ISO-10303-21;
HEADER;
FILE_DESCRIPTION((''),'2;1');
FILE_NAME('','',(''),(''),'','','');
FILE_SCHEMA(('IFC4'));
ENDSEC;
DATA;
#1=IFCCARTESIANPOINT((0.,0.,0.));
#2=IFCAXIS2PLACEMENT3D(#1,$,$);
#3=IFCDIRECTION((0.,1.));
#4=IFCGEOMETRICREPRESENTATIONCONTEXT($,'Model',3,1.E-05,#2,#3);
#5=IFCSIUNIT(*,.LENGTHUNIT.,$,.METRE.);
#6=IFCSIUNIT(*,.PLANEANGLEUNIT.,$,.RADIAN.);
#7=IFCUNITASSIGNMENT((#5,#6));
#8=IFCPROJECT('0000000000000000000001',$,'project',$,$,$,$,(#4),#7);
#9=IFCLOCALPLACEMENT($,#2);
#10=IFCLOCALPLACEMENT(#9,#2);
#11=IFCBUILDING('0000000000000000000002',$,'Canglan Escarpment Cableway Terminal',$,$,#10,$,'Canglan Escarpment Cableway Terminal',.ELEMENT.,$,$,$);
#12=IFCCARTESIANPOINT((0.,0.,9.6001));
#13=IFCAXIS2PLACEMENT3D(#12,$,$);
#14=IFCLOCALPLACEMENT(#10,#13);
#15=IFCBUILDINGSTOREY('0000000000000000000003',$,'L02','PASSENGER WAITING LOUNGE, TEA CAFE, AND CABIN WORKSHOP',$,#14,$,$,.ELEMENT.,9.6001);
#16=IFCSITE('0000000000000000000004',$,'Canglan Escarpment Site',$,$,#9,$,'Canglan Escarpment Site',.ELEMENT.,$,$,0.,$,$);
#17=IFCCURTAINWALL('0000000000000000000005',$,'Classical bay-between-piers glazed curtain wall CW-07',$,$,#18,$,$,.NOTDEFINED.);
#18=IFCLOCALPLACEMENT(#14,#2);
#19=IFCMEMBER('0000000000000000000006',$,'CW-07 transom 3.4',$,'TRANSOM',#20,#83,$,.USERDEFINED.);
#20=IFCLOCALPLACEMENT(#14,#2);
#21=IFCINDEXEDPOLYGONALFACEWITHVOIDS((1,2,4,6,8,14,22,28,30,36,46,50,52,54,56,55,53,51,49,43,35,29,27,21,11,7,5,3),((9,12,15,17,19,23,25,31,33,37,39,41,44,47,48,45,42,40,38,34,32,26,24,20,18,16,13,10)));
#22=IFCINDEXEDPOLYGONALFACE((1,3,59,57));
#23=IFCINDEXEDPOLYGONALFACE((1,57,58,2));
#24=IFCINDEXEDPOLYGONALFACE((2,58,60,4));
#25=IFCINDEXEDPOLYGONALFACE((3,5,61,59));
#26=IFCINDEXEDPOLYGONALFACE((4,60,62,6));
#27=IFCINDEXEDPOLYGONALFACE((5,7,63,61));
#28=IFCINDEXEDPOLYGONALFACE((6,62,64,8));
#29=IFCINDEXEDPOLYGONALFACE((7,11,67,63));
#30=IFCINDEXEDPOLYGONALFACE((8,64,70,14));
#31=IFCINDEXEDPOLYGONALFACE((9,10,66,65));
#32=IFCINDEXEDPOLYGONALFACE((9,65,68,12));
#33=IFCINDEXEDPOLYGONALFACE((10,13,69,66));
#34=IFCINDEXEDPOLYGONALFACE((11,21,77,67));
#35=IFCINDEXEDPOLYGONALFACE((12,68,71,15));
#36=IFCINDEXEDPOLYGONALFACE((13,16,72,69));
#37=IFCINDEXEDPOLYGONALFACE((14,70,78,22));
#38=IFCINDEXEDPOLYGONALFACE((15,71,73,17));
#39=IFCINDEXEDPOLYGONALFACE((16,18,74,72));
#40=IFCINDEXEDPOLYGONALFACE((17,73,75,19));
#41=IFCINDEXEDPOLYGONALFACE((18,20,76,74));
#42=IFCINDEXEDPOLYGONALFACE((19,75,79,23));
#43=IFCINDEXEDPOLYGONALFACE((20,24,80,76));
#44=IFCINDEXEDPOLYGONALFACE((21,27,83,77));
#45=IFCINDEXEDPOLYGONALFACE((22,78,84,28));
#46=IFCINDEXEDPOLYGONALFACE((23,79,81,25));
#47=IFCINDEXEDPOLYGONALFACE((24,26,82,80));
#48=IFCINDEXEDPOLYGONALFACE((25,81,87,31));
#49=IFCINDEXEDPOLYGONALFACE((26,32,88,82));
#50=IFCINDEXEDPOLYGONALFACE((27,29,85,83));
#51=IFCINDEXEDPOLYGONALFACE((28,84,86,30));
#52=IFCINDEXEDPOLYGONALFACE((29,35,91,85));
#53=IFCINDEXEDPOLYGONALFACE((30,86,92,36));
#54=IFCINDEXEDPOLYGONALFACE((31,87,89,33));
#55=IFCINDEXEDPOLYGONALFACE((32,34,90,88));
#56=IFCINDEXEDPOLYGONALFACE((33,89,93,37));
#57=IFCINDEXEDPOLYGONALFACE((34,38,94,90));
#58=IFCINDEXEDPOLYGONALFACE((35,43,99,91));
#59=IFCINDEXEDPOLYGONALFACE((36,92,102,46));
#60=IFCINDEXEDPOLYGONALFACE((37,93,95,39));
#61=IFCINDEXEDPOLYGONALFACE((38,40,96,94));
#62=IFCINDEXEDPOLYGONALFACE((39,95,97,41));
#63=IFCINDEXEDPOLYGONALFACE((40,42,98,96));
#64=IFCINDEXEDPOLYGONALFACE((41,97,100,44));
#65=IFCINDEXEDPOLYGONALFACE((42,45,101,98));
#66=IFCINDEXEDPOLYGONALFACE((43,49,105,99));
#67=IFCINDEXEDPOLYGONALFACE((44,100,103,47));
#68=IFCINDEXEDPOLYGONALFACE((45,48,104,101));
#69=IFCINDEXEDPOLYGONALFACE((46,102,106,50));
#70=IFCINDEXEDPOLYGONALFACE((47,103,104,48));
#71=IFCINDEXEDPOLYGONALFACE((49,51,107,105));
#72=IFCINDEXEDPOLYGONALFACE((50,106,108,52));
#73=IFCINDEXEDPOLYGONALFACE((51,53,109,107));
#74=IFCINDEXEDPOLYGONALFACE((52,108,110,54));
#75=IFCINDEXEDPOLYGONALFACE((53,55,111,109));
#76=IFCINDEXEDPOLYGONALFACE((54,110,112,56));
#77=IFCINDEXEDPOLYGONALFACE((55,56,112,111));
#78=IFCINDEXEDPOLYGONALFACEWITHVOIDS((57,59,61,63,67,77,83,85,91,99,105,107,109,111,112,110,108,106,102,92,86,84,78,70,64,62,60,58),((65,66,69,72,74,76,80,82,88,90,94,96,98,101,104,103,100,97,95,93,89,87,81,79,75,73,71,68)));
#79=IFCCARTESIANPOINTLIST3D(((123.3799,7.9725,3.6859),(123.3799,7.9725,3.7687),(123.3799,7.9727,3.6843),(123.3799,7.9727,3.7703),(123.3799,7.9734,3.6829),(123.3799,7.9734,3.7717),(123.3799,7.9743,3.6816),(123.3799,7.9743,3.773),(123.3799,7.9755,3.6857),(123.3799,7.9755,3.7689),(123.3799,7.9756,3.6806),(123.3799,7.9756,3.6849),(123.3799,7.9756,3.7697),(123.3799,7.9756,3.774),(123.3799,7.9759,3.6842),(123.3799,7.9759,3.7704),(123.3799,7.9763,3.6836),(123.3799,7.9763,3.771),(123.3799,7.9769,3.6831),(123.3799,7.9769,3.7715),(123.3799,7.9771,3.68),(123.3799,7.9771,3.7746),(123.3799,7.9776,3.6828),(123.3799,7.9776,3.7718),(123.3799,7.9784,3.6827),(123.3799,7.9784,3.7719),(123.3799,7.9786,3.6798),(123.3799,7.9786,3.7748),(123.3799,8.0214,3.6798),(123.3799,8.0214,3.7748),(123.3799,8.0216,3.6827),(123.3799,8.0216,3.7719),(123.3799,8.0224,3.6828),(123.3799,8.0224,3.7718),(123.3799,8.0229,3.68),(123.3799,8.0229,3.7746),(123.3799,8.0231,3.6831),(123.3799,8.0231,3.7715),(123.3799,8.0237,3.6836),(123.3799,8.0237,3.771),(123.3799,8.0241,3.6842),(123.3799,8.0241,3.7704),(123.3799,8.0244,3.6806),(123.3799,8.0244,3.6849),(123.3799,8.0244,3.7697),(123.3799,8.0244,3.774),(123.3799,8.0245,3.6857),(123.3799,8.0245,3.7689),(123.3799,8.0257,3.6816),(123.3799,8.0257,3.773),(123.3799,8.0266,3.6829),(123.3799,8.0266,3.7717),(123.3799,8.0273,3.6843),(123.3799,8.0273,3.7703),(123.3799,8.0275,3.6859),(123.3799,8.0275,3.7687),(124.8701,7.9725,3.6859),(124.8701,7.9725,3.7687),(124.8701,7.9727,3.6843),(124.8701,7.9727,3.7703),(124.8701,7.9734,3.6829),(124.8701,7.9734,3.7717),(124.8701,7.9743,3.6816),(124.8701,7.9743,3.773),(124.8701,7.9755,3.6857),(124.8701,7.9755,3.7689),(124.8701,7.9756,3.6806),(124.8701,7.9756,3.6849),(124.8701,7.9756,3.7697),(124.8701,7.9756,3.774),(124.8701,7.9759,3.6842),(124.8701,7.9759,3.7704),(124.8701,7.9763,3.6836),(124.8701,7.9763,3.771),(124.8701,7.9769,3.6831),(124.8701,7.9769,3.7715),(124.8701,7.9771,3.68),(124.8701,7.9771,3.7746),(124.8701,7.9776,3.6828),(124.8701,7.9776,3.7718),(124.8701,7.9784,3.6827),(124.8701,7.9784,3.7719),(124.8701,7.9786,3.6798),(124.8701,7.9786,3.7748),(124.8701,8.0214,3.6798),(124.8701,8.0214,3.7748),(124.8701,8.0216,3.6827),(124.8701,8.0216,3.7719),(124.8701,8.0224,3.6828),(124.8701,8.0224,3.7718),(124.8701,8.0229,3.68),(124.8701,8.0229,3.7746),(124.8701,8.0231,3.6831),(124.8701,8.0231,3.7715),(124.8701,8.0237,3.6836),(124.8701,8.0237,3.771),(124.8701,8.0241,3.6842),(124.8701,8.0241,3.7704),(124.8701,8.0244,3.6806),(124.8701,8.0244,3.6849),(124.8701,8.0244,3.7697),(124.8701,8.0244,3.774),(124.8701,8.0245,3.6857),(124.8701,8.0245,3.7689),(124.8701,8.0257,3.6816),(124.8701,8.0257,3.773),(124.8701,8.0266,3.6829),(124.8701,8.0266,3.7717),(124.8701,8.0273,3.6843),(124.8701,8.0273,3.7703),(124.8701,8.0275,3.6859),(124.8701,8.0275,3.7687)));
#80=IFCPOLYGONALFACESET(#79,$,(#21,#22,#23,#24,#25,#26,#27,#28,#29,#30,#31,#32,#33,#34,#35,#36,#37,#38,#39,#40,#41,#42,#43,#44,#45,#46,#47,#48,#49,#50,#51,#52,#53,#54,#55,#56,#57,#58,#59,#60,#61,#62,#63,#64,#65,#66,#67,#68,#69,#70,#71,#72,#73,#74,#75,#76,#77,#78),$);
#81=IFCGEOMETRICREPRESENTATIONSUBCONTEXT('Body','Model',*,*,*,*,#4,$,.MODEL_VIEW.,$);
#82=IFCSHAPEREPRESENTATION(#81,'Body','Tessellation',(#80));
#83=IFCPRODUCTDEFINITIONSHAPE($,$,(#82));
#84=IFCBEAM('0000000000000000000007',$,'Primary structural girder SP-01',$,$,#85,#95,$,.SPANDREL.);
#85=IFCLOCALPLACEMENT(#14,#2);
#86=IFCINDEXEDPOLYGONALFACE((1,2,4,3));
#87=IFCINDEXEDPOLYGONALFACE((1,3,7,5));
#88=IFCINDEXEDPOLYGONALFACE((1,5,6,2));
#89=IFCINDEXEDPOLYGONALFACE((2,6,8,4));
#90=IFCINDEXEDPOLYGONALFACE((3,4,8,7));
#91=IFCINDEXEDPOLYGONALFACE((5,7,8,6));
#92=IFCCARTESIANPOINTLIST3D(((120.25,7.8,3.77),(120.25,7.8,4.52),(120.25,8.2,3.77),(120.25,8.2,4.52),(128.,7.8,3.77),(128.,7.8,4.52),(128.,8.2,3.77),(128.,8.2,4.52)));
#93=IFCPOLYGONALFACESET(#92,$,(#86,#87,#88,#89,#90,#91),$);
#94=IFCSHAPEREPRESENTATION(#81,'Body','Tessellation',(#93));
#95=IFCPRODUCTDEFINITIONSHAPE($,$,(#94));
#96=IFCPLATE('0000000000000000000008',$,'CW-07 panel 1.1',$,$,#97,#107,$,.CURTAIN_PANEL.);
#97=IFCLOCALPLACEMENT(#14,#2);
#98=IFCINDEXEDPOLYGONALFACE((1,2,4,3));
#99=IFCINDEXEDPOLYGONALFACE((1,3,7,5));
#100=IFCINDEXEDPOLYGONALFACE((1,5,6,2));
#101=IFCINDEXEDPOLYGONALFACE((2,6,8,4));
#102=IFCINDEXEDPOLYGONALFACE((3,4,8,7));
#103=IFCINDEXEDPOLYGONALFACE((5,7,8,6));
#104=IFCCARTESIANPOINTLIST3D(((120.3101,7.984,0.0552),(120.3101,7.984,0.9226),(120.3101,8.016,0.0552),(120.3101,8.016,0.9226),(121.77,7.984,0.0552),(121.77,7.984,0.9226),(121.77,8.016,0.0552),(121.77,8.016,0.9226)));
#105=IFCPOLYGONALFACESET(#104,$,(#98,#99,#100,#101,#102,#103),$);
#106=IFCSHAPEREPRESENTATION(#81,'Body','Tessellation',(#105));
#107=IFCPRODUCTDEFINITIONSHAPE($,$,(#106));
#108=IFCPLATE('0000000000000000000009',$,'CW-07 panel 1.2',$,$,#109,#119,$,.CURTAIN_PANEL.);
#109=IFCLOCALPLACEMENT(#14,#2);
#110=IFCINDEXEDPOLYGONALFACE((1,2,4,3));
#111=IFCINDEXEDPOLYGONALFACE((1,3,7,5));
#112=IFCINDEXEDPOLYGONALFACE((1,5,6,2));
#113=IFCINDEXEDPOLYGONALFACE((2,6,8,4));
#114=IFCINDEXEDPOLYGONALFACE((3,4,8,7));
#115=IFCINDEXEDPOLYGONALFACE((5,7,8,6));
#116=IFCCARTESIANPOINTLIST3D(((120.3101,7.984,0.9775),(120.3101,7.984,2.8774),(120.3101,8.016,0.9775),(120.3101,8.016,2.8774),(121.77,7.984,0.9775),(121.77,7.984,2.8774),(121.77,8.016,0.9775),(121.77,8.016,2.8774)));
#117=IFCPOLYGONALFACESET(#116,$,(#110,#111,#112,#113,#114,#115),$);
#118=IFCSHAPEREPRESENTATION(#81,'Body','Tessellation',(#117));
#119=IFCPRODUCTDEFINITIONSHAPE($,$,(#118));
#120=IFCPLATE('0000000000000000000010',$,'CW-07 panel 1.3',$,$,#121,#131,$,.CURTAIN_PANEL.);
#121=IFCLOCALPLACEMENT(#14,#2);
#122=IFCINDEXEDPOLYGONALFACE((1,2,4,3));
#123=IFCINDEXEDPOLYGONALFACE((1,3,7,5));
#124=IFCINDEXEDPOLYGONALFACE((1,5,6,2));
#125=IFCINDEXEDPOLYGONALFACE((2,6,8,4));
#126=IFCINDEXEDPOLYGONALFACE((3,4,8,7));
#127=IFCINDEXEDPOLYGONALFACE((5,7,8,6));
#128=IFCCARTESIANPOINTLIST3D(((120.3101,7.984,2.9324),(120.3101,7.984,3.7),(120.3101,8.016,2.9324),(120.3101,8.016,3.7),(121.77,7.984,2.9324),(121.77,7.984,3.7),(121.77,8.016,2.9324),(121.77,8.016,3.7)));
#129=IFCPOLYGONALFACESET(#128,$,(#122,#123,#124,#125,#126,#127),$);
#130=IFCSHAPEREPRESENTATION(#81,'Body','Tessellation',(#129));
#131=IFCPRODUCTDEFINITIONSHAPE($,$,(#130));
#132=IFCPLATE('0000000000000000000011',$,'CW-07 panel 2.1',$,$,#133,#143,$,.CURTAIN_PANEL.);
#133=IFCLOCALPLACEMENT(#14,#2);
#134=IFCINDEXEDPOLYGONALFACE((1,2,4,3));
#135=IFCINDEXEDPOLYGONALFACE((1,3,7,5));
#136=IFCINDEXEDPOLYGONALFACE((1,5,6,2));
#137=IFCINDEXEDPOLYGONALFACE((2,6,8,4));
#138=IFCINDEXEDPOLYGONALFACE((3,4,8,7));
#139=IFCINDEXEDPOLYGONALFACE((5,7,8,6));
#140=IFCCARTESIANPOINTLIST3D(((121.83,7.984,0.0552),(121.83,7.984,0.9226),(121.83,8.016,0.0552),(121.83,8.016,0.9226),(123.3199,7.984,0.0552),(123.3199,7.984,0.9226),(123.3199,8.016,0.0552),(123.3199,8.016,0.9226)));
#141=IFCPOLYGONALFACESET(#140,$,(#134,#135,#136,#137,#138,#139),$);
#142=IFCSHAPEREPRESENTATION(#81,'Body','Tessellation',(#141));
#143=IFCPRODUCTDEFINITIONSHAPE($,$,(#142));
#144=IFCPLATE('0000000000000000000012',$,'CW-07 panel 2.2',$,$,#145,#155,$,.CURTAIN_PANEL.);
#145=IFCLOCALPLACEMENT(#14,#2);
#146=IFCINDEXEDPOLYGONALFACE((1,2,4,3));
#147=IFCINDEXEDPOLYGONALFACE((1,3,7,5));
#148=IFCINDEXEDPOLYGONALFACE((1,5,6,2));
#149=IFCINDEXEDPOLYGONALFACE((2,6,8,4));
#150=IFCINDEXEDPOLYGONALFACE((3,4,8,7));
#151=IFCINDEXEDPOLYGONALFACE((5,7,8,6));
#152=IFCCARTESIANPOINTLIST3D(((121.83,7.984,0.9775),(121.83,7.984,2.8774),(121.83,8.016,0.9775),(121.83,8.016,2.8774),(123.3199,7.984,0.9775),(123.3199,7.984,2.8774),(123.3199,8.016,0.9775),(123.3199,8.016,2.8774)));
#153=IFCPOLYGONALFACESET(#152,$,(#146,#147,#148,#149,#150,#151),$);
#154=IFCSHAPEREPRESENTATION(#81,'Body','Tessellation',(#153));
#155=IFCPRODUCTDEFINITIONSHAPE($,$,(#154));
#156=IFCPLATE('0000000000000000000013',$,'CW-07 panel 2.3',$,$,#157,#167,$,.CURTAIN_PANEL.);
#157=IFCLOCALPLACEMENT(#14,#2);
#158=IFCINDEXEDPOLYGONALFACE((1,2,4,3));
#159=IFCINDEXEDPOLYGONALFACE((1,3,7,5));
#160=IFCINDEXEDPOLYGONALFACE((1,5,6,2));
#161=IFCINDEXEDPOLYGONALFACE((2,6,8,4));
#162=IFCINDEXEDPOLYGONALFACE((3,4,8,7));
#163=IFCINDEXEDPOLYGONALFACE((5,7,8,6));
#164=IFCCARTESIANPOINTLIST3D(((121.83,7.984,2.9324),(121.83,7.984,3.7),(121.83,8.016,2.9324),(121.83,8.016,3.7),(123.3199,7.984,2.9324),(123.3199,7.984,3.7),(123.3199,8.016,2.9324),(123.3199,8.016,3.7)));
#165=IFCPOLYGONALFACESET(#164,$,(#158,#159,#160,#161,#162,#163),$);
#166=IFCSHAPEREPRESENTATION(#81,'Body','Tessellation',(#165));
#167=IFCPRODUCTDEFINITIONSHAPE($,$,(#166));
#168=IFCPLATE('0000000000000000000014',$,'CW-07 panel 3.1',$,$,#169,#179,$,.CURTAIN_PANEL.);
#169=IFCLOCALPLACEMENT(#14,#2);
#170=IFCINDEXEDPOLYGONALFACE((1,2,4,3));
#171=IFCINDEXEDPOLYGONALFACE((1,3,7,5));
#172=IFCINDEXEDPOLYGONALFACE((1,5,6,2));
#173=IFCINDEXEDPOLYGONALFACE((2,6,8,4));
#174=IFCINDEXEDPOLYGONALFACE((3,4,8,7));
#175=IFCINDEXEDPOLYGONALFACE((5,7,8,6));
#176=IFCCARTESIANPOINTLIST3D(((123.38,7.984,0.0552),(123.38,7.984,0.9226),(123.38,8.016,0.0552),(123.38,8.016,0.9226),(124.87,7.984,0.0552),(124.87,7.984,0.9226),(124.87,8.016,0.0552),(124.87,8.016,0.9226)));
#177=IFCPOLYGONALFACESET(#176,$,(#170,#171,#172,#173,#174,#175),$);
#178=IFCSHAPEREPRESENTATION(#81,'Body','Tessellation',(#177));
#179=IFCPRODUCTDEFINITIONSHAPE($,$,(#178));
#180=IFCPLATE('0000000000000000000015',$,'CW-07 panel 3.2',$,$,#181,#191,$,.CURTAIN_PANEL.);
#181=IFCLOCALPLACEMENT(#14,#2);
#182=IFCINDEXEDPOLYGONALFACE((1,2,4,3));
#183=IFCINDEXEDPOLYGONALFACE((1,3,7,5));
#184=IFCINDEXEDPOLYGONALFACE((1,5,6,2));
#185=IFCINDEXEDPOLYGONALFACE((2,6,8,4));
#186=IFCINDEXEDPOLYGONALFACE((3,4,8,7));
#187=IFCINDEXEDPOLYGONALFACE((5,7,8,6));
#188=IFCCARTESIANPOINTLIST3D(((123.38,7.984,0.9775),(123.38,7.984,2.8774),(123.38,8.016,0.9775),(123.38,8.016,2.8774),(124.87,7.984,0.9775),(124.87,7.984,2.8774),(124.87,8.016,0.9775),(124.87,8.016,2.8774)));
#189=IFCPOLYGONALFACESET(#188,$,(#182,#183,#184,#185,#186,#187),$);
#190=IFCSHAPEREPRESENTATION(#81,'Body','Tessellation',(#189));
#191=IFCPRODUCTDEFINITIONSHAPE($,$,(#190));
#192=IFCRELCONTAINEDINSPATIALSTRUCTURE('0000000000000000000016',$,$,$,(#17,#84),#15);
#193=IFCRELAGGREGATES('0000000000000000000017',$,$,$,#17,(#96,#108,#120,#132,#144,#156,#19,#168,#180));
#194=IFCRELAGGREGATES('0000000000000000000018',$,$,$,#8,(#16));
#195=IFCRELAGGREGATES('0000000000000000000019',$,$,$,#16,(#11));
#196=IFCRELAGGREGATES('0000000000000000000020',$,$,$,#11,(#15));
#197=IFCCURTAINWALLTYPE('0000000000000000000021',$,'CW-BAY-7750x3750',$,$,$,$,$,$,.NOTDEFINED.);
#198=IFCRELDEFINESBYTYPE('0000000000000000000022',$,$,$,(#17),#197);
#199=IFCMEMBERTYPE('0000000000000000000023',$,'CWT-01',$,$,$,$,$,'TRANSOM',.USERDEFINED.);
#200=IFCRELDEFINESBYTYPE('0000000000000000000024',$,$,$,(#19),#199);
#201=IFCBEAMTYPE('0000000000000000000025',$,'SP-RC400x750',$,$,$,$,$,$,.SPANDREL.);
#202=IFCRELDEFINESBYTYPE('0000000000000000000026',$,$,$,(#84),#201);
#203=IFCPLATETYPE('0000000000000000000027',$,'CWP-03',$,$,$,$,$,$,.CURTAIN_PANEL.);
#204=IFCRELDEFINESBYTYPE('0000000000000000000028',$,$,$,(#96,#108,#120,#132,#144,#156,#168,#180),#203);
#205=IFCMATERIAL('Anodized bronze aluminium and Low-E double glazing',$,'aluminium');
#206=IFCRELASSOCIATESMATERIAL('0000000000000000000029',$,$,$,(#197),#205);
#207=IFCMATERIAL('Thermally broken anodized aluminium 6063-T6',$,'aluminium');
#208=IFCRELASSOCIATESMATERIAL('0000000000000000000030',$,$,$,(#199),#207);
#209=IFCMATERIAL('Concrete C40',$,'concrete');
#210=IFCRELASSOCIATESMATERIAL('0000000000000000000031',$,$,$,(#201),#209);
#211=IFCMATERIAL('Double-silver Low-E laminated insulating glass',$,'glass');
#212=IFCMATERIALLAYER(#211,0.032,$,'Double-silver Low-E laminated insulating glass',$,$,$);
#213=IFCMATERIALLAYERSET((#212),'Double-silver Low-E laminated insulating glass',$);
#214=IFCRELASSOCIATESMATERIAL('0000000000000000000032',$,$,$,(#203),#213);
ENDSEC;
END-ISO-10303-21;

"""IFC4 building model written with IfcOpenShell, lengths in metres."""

from ifc_helpers import new_model, si_unit, direction, frame, origin, origin_2d, place, context, subcontext, project, spatial, rectangle, hollow_rectangle, extrude, material, layer, layer_set, material_profile, profile_set, type_object, element, aggregate, save


model = new_model("IFC4")

# Units and contexts
model_context = context("Model", 3, precision=1e-05, world=origin(), true_north=direction((0.0, 1.0)))
body_context = subcontext(model_context, "Body", "Model", "MODEL_VIEW")
ifc_project = project(units=[si_unit("LENGTHUNIT", "METRE"), si_unit("PLANEANGLEUNIT", "RADIAN")], contexts=[model_context])

# Site, building, storey
site_placement = place(None, origin())
site = spatial("IfcSite", under=ifc_project, at=site_placement, Name="Canglan Escarpment Site", LongName="Canglan Escarpment Site", CompositionType="ELEMENT", RefElevation=0.0)
building_placement = place(site_placement, origin())
building = spatial("IfcBuilding", under=site, at=building_placement, Name="Canglan Escarpment Cableway Terminal", LongName="Canglan Escarpment Cableway Terminal", CompositionType="ELEMENT")
storey_placement = place(building_placement, frame((0.0, 0.0, 9.6001)))
storey = spatial("IfcBuildingStorey", under=building, at=storey_placement, Name="L02", Description="PASSENGER WAITING LOUNGE, TEA CAFE, AND CABIN WORKSHOP", CompositionType="ELEMENT", Elevation=9.6001)

# Shared definitions
ifc_material_1 = material(Name="Concrete C40", Category="concrete")

# Curtain wall, member
ifc_material_2 = material(Name="Anodized bronze aluminium and Low-E double glazing", Category="aluminium")
curtain_wall_type = type_object("IfcCurtainWallType", Name="CW-BAY-7750x3750", PredefinedType="NOTDEFINED", material=ifc_material_2)
curtain_wall_placement = place(storey_placement, origin())
curtain_wall = element("IfcCurtainWall", 1, at=curtain_wall_placement, inside=storey, type_object=curtain_wall_type, Name="Classical bay-between-piers glazed curtain wall CW-07", PredefinedType="NOTDEFINED")
ifc_material_3 = material(Name="Thermally broken anodized aluminium 6063-T6", Category="aluminium")
ifc_material_profile_1 = material_profile(ifc_material_3, hollow_rectangle(XDim=0.0549, YDim=0.095, WallThickness=0.0029, InnerFilletRadius=0.0029, OuterFilletRadius=0.0061, at=origin_2d()), Name="ALU-TRAN 55x95x3")
ifc_profile_set_1 = profile_set([ifc_material_profile_1], Name="Thermally broken anodized aluminium 6063-T6")
member_type_1 = type_object("IfcMemberType", Name="CWT-01", ElementType="TRANSOM", PredefinedType="USERDEFINED", material=ifc_profile_set_1)
member_1_placement = place(storey_placement, frame((123.3799, 8.0, 3.7273), z_axis=(1.0, 0.0, 0.0), x_axis=(0.0, 1.0, 0.0)))
member_1 = element("IfcMember", 2, at=member_1_placement, type_object=member_type_1, Name="CW-07 transom 3.4", ObjectType="TRANSOM", PredefinedType="USERDEFINED", context=body_context, shape_type="SweptSolid", body=[
    extrude(hollow_rectangle(XDim=0.0549, YDim=0.095, WallThickness=0.0029, InnerFilletRadius=0.0029, OuterFilletRadius=0.0061, at=origin_2d()), origin(), (0.0, 0.0, 1.0), 1.4902),
])

# Beam
ifc_material_profile_2 = material_profile(ifc_material_1, rectangle(XDim=0.3999, YDim=0.75, at=origin_2d()), Name="RC 400x750")
ifc_profile_set_2 = profile_set([ifc_material_profile_2], Name="Concrete C40")
beam_type_1 = type_object("IfcBeamType", Name="SP-RC400x750", PredefinedType="SPANDREL", material=ifc_profile_set_2)
beam_1_placement = place(storey_placement, frame((120.25, 8.0, 4.145), z_axis=(1.0, 0.0, 0.0), x_axis=(0.0, 1.0, 0.0)))
element("IfcBeam", 3, at=beam_1_placement, inside=storey, type_object=beam_type_1, Name="Primary structural girder SP-01", PredefinedType="SPANDREL", context=body_context, shape_type="SweptSolid", body=[
    extrude(rectangle(XDim=0.3999, YDim=0.75, at=origin_2d()), origin(), (0.0, 0.0, 1.0), 7.75),
])

# Plates
ifc_material_4 = material(Name="Double-silver Low-E laminated insulating glass", Category="glass")
ifc_layer_1 = layer(ifc_material_4, 0.032, Name="Double-silver Low-E laminated insulating glass")
ifc_layer_set_1 = layer_set([ifc_layer_1], Name="Double-silver Low-E laminated insulating glass")
plate_type = type_object("IfcPlateType", Name="CWP-03", PredefinedType="CURTAIN_PANEL", material=ifc_layer_set_1)
plate_1_placement = place(storey_placement, frame((121.04, 8.0, 0.0552), z_axis=(0.0, 0.0, 1.0), x_axis=(1.0, 0.0, 0.0)))
plate_1 = element("IfcPlate", 4, at=plate_1_placement, type_object=plate_type, Name="CW-07 panel 1.1", PredefinedType="CURTAIN_PANEL", context=body_context, shape_type="SweptSolid", body=[
    extrude(rectangle(XDim=1.46, YDim=0.032, at=origin_2d()), origin(), (0.0, 0.0, 1.0), 0.8674),
])
plate_2_placement = place(storey_placement, frame((121.04, 8.0, 0.9775), z_axis=(0.0, 0.0, 1.0), x_axis=(1.0, 0.0, 0.0)))
plate_2 = element("IfcPlate", 5, at=plate_2_placement, type_object=plate_type, Name="CW-07 panel 1.2", PredefinedType="CURTAIN_PANEL", context=body_context, shape_type="SweptSolid", body=[
    extrude(rectangle(XDim=1.46, YDim=0.032, at=origin_2d()), origin(), (0.0, 0.0, 1.0), 1.8999),
])
plate_3_placement = place(storey_placement, frame((121.04, 8.0, 2.9324), z_axis=(0.0, 0.0, 1.0), x_axis=(1.0, 0.0, 0.0)))
plate_3 = element("IfcPlate", 6, at=plate_3_placement, type_object=plate_type, Name="CW-07 panel 1.3", PredefinedType="CURTAIN_PANEL", context=body_context, shape_type="SweptSolid", body=[
    extrude(rectangle(XDim=1.46, YDim=0.032, at=origin_2d()), origin(), (0.0, 0.0, 1.0), 0.7676),
])
plate_4_placement = place(storey_placement, frame((122.575, 8.0, 0.0552), z_axis=(0.0, 0.0, 1.0), x_axis=(1.0, 0.0, 0.0)))
plate_4 = element("IfcPlate", 7, at=plate_4_placement, type_object=plate_type, Name="CW-07 panel 2.1", PredefinedType="CURTAIN_PANEL", context=body_context, shape_type="SweptSolid", body=[
    extrude(rectangle(XDim=1.49, YDim=0.032, at=origin_2d()), origin(), (0.0, 0.0, 1.0), 0.8674),
])
plate_5_placement = place(storey_placement, frame((122.575, 8.0, 0.9775), z_axis=(0.0, 0.0, 1.0), x_axis=(1.0, 0.0, 0.0)))
plate_5 = element("IfcPlate", 8, at=plate_5_placement, type_object=plate_type, Name="CW-07 panel 2.2", PredefinedType="CURTAIN_PANEL", context=body_context, shape_type="SweptSolid", body=[
    extrude(rectangle(XDim=1.49, YDim=0.032, at=origin_2d()), origin(), (0.0, 0.0, 1.0), 1.8999),
])
plate_6_placement = place(storey_placement, frame((122.575, 8.0, 2.9324), z_axis=(0.0, 0.0, 1.0), x_axis=(1.0, 0.0, 0.0)))
plate_6 = element("IfcPlate", 9, at=plate_6_placement, type_object=plate_type, Name="CW-07 panel 2.3", PredefinedType="CURTAIN_PANEL", context=body_context, shape_type="SweptSolid", body=[
    extrude(rectangle(XDim=1.49, YDim=0.032, at=origin_2d()), origin(), (0.0, 0.0, 1.0), 0.7676),
])
plate_7_placement = place(storey_placement, frame((124.125, 8.0, 0.0552), z_axis=(0.0, 0.0, 1.0), x_axis=(1.0, 0.0, 0.0)))
plate_7 = element("IfcPlate", 10, at=plate_7_placement, type_object=plate_type, Name="CW-07 panel 3.1", PredefinedType="CURTAIN_PANEL", context=body_context, shape_type="SweptSolid", body=[
    extrude(rectangle(XDim=1.49, YDim=0.032, at=origin_2d()), origin(), (0.0, 0.0, 1.0), 0.8674),
])
plate_8_placement = place(storey_placement, frame((124.125, 8.0, 0.9775), z_axis=(0.0, 0.0, 1.0), x_axis=(1.0, 0.0, 0.0)))
plate_8 = element("IfcPlate", 11, at=plate_8_placement, type_object=plate_type, Name="CW-07 panel 3.2", PredefinedType="CURTAIN_PANEL", context=body_context, shape_type="SweptSolid", body=[
    extrude(rectangle(XDim=1.49, YDim=0.032, at=origin_2d()), origin(), (0.0, 0.0, 1.0), 1.8999),
])
aggregate(curtain_wall, [plate_1, plate_2, plate_3, plate_4, plate_5, plate_6, member_1, plate_7, plate_8])

save(model, "model.ifc")
